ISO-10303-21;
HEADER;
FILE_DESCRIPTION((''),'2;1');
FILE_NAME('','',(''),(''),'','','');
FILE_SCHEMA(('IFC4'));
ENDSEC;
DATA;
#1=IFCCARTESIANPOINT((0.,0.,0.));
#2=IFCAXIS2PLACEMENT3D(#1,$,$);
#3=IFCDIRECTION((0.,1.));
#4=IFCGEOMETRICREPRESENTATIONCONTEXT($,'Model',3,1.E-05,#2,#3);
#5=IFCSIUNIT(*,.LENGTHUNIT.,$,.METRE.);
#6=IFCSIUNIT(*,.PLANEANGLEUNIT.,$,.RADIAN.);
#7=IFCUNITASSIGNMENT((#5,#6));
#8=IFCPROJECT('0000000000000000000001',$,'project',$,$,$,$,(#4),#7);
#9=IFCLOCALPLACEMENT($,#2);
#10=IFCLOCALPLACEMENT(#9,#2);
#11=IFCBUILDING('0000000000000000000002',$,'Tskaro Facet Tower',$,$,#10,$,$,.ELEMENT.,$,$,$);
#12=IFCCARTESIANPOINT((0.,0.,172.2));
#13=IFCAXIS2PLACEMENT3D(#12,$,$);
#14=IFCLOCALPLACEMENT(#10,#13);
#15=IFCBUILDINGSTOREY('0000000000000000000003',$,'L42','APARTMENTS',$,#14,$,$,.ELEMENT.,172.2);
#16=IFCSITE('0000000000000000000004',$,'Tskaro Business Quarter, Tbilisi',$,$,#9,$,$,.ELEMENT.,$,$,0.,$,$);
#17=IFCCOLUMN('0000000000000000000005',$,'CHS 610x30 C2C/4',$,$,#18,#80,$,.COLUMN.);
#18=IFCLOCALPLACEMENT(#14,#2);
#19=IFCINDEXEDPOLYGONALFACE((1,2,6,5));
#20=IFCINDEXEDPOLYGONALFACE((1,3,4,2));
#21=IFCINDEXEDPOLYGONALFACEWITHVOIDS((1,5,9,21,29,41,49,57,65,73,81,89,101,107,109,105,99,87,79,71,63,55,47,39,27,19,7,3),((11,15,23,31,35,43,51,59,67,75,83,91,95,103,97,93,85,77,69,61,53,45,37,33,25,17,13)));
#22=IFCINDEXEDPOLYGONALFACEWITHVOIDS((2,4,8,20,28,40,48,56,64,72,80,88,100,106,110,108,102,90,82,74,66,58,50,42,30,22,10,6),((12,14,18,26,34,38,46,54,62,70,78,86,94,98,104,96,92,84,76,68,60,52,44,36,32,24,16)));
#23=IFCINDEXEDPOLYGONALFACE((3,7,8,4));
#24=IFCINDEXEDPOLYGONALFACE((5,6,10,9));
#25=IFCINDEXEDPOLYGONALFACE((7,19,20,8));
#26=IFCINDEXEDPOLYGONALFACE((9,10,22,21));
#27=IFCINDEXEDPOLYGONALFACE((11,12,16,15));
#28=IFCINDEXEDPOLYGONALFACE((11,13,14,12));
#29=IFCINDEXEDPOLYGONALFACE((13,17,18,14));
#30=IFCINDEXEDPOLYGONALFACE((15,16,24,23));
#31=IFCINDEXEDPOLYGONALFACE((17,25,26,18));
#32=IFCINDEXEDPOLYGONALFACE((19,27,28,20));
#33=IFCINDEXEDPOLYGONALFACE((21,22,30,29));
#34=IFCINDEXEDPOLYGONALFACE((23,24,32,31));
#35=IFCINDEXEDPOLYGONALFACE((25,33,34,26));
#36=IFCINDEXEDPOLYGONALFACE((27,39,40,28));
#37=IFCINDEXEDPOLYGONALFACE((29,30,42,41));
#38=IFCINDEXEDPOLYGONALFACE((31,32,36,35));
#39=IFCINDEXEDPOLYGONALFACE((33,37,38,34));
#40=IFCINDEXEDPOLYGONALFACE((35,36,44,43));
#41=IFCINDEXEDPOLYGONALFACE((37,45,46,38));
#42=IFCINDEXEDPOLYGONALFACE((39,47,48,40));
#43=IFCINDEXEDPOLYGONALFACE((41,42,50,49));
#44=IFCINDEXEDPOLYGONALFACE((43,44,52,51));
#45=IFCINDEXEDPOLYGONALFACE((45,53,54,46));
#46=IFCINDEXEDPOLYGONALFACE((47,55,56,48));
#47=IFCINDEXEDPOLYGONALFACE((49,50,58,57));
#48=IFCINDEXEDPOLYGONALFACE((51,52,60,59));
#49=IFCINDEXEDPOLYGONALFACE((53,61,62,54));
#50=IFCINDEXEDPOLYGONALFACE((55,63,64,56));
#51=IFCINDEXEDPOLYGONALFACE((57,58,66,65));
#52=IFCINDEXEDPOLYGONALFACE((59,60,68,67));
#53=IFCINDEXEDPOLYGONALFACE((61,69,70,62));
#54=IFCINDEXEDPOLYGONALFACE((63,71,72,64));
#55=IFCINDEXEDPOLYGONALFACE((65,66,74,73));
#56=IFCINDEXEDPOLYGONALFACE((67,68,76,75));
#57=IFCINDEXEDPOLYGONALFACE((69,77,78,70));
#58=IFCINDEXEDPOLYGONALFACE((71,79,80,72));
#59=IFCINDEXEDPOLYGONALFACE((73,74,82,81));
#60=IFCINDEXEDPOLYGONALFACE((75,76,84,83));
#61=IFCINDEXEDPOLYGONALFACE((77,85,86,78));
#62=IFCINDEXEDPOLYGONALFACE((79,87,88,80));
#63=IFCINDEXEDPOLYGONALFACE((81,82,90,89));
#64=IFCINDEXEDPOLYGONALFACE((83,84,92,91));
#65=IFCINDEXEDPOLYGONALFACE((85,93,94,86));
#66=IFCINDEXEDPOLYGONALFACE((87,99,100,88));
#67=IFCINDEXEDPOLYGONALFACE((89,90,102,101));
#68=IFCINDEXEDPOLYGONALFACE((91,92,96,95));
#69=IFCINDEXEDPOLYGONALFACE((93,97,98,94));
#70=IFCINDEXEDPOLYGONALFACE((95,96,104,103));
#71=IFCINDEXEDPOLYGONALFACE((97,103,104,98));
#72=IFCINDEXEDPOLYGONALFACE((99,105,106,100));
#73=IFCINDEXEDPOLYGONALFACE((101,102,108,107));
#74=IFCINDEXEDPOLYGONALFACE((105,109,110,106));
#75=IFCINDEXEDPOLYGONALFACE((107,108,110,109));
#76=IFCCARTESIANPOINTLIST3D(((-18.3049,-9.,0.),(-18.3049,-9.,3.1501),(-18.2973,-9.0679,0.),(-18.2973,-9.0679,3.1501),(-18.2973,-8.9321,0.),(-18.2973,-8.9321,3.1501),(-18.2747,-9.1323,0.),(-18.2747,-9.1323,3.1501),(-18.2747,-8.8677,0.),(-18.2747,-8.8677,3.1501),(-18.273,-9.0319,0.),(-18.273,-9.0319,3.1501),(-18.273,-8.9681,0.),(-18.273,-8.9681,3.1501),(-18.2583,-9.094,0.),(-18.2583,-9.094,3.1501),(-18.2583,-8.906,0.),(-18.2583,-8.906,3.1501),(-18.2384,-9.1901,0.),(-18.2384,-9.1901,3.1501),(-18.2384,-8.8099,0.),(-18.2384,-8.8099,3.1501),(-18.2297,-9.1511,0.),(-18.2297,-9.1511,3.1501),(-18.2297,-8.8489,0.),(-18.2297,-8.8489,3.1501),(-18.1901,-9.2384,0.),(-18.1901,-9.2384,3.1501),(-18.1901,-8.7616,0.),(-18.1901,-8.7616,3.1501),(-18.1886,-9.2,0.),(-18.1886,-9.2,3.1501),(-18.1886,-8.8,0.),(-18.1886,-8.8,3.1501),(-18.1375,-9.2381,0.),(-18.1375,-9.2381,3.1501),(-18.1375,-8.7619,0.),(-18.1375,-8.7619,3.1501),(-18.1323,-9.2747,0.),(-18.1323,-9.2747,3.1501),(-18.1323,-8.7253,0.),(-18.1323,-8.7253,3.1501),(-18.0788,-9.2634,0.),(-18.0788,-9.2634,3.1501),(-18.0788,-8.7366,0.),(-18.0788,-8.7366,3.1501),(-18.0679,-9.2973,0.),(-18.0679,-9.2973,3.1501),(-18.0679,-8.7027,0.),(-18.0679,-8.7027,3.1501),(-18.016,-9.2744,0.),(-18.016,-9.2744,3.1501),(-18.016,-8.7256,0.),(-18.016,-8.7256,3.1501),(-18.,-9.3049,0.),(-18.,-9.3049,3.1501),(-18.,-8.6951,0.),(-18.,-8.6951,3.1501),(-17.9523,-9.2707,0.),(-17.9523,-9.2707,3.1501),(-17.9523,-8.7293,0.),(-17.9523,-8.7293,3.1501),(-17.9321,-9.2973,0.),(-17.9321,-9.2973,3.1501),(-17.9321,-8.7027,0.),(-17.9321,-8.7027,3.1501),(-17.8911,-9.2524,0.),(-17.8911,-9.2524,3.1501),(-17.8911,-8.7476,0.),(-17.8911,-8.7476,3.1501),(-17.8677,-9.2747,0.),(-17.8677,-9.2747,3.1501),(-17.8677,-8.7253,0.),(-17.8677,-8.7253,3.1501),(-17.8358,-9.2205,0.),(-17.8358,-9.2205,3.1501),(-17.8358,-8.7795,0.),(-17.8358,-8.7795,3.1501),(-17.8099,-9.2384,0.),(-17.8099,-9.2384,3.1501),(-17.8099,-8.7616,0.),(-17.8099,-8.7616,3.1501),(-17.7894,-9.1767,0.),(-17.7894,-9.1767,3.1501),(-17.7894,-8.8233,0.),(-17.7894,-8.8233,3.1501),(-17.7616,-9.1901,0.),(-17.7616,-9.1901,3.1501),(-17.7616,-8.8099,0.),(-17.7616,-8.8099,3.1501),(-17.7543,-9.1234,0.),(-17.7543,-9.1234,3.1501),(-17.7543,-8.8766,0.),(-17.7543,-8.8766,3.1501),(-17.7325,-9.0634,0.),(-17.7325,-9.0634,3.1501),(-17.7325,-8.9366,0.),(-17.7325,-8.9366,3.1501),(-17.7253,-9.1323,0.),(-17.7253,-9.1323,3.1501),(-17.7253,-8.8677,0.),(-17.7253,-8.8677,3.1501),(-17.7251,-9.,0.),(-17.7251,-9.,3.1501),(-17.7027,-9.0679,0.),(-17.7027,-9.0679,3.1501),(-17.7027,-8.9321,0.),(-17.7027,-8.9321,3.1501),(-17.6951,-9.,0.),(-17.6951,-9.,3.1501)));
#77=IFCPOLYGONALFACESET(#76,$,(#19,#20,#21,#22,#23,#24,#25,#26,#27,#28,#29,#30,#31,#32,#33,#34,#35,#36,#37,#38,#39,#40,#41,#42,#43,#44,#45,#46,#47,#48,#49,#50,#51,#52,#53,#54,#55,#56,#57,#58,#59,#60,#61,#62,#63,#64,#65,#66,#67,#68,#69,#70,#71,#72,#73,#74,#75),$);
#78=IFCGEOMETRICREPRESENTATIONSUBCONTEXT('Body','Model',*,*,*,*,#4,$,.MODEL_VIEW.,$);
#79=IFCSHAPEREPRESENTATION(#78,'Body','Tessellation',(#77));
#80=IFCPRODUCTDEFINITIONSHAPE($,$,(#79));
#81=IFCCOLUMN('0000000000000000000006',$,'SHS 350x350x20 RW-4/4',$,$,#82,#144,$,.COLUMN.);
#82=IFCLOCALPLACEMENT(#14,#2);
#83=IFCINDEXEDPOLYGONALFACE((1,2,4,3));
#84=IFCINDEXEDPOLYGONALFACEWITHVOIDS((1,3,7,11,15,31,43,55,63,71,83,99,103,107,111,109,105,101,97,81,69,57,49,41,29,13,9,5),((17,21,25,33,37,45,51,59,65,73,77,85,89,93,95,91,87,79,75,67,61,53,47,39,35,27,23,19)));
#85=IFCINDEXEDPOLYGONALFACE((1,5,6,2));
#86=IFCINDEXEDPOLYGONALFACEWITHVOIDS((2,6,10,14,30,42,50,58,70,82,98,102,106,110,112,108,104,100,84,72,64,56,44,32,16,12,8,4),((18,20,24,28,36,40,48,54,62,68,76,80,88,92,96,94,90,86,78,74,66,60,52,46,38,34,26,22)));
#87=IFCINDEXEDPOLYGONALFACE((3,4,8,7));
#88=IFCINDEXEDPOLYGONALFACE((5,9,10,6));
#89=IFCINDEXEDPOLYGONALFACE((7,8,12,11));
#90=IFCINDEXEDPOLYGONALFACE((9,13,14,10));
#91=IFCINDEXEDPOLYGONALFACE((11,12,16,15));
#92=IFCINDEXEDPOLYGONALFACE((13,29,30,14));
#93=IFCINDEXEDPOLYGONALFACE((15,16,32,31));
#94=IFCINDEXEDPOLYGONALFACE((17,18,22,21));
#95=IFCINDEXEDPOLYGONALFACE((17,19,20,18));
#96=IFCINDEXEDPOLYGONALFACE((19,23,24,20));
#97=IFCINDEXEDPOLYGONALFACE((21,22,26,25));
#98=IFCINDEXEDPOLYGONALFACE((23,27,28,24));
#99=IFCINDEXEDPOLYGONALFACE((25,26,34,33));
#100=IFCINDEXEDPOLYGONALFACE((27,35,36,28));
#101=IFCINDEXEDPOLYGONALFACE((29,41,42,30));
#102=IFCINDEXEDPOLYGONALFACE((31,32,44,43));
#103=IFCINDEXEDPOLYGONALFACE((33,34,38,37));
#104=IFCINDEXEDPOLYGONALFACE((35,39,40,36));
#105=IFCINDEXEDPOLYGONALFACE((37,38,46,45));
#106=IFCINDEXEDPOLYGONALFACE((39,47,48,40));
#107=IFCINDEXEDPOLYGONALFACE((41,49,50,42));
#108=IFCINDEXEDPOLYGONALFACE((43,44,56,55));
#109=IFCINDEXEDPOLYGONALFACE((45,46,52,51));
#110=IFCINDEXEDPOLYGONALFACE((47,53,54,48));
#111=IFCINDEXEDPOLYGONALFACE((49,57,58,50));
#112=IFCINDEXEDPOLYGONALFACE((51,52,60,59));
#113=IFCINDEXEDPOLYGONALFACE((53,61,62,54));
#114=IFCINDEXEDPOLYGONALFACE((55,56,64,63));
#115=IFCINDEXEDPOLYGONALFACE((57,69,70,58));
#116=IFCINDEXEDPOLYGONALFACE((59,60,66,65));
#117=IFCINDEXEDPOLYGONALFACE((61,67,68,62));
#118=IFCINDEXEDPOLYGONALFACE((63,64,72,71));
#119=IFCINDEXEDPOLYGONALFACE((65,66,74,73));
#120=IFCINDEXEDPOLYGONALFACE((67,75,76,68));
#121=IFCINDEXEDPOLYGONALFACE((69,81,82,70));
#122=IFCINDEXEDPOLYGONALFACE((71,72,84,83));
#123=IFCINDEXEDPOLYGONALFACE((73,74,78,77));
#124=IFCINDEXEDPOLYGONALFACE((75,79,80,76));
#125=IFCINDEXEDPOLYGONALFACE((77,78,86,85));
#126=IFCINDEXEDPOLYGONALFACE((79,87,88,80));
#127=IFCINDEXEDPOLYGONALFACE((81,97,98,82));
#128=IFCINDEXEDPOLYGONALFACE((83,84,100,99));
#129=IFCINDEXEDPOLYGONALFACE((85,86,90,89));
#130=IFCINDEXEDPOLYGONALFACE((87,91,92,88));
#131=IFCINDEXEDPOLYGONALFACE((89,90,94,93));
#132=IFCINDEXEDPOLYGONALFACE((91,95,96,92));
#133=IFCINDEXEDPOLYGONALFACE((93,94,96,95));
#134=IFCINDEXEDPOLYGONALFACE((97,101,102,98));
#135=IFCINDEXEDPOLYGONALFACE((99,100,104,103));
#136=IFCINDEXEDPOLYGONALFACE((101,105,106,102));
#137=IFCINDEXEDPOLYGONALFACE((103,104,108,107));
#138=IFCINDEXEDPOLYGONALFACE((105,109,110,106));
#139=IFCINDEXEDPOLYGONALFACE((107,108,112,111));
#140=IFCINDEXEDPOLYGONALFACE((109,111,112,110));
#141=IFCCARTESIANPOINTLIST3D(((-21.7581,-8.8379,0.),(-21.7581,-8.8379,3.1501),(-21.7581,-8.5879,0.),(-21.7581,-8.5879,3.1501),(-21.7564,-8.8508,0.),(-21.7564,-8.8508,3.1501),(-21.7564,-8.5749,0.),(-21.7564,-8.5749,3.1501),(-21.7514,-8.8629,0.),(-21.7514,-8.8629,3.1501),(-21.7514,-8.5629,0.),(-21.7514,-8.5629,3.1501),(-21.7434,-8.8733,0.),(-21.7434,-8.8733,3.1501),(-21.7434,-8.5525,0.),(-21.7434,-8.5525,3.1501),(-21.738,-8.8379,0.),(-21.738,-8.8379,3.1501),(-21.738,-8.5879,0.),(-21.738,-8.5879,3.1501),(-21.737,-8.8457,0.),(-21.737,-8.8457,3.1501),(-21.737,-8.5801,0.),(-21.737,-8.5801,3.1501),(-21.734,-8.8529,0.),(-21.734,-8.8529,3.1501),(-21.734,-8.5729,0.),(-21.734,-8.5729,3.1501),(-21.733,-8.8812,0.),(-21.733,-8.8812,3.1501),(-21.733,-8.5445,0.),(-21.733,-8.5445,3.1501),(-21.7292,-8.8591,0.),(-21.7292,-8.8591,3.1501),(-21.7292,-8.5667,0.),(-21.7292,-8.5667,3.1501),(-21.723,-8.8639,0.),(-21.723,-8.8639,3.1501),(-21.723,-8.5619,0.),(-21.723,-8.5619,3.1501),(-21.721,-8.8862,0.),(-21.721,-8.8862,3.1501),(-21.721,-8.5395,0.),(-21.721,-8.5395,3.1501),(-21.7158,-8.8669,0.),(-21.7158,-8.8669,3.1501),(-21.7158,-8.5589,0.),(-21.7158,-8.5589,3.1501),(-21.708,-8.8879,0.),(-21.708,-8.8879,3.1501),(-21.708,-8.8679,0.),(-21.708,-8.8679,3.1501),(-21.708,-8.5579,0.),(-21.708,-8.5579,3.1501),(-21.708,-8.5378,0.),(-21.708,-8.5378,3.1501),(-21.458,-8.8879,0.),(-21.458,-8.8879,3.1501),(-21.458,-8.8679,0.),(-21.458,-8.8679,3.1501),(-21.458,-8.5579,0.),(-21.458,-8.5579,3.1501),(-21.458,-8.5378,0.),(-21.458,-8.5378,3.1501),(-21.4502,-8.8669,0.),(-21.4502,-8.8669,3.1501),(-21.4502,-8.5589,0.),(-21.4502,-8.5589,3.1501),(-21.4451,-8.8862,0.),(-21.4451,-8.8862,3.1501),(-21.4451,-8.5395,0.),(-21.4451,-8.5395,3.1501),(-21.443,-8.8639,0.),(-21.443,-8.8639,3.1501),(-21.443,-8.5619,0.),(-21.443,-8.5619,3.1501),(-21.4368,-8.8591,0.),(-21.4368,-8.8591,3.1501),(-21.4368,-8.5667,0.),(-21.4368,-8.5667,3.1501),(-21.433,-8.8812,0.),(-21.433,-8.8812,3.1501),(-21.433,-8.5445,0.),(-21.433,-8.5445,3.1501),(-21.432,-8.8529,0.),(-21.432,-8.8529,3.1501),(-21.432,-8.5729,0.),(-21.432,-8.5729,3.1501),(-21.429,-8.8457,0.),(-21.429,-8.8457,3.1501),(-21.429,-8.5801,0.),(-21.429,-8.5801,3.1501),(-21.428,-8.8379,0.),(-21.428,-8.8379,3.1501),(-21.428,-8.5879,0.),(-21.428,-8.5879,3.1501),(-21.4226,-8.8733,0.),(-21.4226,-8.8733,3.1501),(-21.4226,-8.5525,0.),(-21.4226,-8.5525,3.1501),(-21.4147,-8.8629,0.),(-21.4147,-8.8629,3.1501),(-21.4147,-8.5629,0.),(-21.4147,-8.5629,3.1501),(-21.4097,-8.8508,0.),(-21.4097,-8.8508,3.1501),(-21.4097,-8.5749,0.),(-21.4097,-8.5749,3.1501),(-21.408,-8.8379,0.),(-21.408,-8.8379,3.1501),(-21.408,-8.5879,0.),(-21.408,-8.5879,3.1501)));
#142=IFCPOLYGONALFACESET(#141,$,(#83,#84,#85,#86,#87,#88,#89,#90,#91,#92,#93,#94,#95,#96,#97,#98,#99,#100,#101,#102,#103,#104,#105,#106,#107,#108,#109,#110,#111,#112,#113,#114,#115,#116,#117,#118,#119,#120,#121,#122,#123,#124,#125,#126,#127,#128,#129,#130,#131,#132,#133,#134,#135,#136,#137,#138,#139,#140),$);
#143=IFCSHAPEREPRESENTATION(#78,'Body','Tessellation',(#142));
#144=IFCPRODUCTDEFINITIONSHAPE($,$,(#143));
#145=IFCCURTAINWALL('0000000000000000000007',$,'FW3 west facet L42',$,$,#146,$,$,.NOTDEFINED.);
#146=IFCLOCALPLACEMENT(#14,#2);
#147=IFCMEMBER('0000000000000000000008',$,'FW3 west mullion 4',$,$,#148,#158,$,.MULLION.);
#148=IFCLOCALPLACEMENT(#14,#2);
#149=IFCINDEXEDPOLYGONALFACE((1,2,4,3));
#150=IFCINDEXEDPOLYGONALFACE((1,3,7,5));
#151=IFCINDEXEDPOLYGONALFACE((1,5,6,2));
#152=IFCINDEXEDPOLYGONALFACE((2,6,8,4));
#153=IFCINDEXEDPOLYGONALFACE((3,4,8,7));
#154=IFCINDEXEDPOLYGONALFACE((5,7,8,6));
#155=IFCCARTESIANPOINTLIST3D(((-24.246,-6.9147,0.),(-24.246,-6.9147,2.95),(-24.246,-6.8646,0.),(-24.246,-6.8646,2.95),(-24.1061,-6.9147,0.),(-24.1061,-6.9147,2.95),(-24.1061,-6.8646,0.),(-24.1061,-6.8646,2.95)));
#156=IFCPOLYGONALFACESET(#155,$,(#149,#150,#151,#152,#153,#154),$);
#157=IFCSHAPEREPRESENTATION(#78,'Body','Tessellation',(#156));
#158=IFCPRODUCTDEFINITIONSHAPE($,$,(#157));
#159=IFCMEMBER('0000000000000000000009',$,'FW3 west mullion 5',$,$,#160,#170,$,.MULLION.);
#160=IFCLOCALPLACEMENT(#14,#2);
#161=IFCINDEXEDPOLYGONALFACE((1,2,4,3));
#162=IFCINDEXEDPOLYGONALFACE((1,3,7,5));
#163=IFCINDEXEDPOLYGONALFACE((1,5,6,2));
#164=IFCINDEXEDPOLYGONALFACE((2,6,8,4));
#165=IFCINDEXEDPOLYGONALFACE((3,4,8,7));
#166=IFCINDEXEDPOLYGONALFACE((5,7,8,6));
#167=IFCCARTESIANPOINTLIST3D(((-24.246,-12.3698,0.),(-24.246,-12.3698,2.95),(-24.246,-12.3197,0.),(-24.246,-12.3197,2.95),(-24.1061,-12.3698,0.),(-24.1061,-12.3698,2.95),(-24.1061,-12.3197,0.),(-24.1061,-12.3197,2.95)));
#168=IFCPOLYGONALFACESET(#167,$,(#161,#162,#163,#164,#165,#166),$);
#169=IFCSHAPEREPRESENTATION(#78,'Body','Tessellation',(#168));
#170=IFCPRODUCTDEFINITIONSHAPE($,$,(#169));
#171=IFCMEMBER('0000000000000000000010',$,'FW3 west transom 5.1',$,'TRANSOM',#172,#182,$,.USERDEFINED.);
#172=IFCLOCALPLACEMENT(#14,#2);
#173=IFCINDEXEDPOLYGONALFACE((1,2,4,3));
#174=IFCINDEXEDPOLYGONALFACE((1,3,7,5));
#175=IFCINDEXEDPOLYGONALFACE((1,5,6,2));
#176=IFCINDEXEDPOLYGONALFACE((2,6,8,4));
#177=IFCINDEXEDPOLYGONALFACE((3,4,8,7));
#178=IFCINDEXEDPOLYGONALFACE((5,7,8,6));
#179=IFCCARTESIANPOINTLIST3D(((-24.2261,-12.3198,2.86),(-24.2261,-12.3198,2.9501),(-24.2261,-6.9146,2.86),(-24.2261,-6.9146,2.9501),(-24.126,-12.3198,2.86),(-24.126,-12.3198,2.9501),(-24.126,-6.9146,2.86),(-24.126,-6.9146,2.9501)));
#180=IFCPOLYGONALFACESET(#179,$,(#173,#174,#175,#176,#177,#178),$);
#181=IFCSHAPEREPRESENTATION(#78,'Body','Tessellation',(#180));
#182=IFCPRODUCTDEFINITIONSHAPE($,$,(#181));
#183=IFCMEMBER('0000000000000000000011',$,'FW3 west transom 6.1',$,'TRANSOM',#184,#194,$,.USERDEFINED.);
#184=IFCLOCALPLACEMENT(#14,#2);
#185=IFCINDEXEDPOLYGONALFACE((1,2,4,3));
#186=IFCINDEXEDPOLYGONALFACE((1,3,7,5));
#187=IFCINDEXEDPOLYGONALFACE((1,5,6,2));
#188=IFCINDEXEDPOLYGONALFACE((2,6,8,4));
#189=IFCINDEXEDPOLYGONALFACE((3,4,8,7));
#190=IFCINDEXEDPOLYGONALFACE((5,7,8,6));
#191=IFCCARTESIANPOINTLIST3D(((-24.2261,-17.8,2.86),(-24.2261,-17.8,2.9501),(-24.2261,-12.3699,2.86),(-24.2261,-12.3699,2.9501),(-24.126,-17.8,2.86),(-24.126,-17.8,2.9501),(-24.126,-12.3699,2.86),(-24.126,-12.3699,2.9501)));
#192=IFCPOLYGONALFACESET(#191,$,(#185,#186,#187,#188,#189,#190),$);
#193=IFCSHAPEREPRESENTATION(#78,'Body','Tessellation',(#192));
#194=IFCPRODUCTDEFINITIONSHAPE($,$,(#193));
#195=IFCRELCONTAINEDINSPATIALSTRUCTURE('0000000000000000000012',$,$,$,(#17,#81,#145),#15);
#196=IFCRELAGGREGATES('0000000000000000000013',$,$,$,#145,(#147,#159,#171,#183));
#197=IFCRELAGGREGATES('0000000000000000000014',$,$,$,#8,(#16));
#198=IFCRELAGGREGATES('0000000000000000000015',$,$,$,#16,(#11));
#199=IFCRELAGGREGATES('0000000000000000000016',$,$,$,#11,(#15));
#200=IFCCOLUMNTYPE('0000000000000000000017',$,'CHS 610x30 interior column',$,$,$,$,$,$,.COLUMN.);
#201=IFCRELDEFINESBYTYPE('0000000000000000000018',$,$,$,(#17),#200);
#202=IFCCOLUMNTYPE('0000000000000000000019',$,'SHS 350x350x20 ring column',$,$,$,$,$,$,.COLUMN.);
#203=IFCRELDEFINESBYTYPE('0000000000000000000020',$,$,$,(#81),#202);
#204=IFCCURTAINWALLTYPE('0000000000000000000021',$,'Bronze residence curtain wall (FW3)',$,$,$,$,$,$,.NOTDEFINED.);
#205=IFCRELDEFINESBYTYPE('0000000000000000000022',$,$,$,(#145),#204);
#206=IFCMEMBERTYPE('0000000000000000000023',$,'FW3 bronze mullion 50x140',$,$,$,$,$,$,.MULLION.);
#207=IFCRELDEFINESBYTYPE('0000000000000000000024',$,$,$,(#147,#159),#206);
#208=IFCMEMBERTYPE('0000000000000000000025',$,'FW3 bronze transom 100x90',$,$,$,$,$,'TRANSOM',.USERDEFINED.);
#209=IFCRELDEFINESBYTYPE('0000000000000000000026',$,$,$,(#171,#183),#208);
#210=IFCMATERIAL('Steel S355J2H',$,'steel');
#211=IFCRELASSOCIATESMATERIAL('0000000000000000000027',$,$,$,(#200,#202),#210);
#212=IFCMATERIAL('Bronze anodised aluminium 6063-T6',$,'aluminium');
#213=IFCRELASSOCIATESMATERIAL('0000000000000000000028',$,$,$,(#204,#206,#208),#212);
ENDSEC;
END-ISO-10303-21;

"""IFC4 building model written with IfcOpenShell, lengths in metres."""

from ifc_helpers import new_model, si_unit, direction, frame, origin, origin_2d, place, context, subcontext, project, spatial, rectangle, hollow_rectangle, hollow_circle, extrude, material, material_profile, profile_set, type_object, element, aggregate, save


model = new_model("IFC4")

# Units and contexts
model_context = context("Model", 3, precision=1e-05, world=origin(), true_north=direction((0.0, 1.0)))
body_context = subcontext(model_context, "Body", "Model", "MODEL_VIEW")
ifc_project = project(units=[si_unit("LENGTHUNIT", "METRE"), si_unit("PLANEANGLEUNIT", "RADIAN")], contexts=[model_context])

# Site, building, storey
site_placement = place(None, origin())
site = spatial("IfcSite", under=ifc_project, at=site_placement, Name="Tskaro Business Quarter, Tbilisi", CompositionType="ELEMENT", RefElevation=0.0)
building_placement = place(site_placement, origin())
building = spatial("IfcBuilding", under=site, at=building_placement, Name="Tskaro Facet Tower", CompositionType="ELEMENT")
storey_placement = place(building_placement, frame((0.0, 0.0, 172.2)))
storey = spatial("IfcBuildingStorey", under=building, at=storey_placement, Name="L42", Description="APARTMENTS", CompositionType="ELEMENT", Elevation=172.2)

# Columns
ifc_material_1 = material(Name="Steel S355J2H", Category="steel")
ifc_material_profile_1 = material_profile(ifc_material_1, hollow_circle(Radius=0.3049, WallThickness=0.03, at=origin_2d()), Name="CHS 610x30")
ifc_profile_set_1 = profile_set([ifc_material_profile_1], Name="Steel S355J2H")
column_type_1 = type_object("IfcColumnType", Name="CHS 610x30 interior column", PredefinedType="COLUMN", material=ifc_profile_set_1)
column_1_placement = place(storey_placement, frame((-18.0, -9.0, 0.0), z_axis=(0.0, 0.0, 1.0), x_axis=(1.0, 0.0, 0.0)))
element("IfcColumn", 1, at=column_1_placement, inside=storey, type_object=column_type_1, Name="CHS 610x30 C2C/4", PredefinedType="COLUMN", context=body_context, shape_type="SweptSolid", body=[
    extrude(hollow_circle(Radius=0.3049, WallThickness=0.03, at=origin_2d()), origin(), (0.0, 0.0, 1.0), 3.1501),
])
ifc_material_profile_2 = material_profile(ifc_material_1, hollow_rectangle(XDim=0.3501, YDim=0.3501, WallThickness=0.02, InnerFilletRadius=0.03, OuterFilletRadius=0.05, at=origin_2d()), Name="SHS 350x350x20")
ifc_profile_set_2 = profile_set([ifc_material_profile_2], Name="Steel S355J2H")
column_type_2 = type_object("IfcColumnType", Name="SHS 350x350x20 ring column", PredefinedType="COLUMN", material=ifc_profile_set_2)
column_2_placement = place(storey_placement, frame((-21.583, -8.7129, 0.0), z_axis=(0.0, 0.0, 1.0), x_axis=(1.0, 0.0, 0.0)))
element("IfcColumn", 2, at=column_2_placement, inside=storey, type_object=column_type_2, Name="SHS 350x350x20 RW-4/4", PredefinedType="COLUMN", context=body_context, shape_type="SweptSolid", body=[
    extrude(hollow_rectangle(XDim=0.3501, YDim=0.3501, WallThickness=0.02, InnerFilletRadius=0.03, OuterFilletRadius=0.05, at=origin_2d()), origin(), (0.0, 0.0, 1.0), 3.1501),
])

# Curtain wall, members
ifc_material_2 = material(Name="Bronze anodised aluminium 6063-T6", Category="aluminium")
curtain_wall_type = type_object("IfcCurtainWallType", Name="Bronze residence curtain wall (FW3)", PredefinedType="NOTDEFINED", material=ifc_material_2)
curtain_wall_placement = place(storey_placement, origin())
curtain_wall = element("IfcCurtainWall", 3, at=curtain_wall_placement, inside=storey, type_object=curtain_wall_type, Name="FW3 west facet L42", PredefinedType="NOTDEFINED")
ifc_material_profile_3 = material_profile(ifc_material_2, rectangle(XDim=0.05, YDim=0.1399, at=origin_2d()), Name="Mullion 50x140")
ifc_profile_set_3 = profile_set([ifc_material_profile_3], Name="Bronze anodised aluminium 6063-T6")
member_type_1 = type_object("IfcMemberType", Name="FW3 bronze mullion 50x140", PredefinedType="MULLION", material=ifc_profile_set_3)
member_1_placement = place(storey_placement, frame((-24.176, -6.8896, 0.0), z_axis=(0.0, 0.0, 1.0), x_axis=(0.0, -1.0, 0.0)))
member_1 = element("IfcMember", 4, at=member_1_placement, type_object=member_type_1, Name="FW3 west mullion 4", PredefinedType="MULLION", context=body_context, shape_type="SweptSolid", body=[
    extrude(rectangle(XDim=0.05, YDim=0.1399, at=origin_2d()), origin(), (0.0, 0.0, 1.0), 2.95),
])
member_2_placement = place(storey_placement, frame((-24.176, -12.3447, 0.0), z_axis=(0.0, 0.0, 1.0), x_axis=(0.0, -1.0, 0.0)))
member_2 = element("IfcMember", 5, at=member_2_placement, type_object=member_type_1, Name="FW3 west mullion 5", PredefinedType="MULLION", context=body_context, shape_type="SweptSolid", body=[
    extrude(rectangle(XDim=0.05, YDim=0.1399, at=origin_2d()), origin(), (0.0, 0.0, 1.0), 2.95),
])
ifc_material_profile_4 = material_profile(ifc_material_2, rectangle(XDim=0.1001, YDim=0.0901, at=origin_2d()), Name="Transom 100x90")
ifc_profile_set_4 = profile_set([ifc_material_profile_4], Name="Bronze anodised aluminium 6063-T6")
member_type_2 = type_object("IfcMemberType", Name="FW3 bronze transom 100x90", ElementType="TRANSOM", PredefinedType="USERDEFINED", material=ifc_profile_set_4)
member_3_placement = place(storey_placement, frame((-24.176, -6.9146, 2.905), z_axis=(0.0, -1.0, 0.0), x_axis=(1.0, 0.0, 0.0)))
member_3 = element("IfcMember", 6, at=member_3_placement, type_object=member_type_2, Name="FW3 west transom 5.1", ObjectType="TRANSOM", PredefinedType="USERDEFINED", context=body_context, shape_type="SweptSolid", body=[
    extrude(rectangle(XDim=0.1001, YDim=0.0901, at=origin_2d()), origin(), (0.0, 0.0, 1.0), 5.4053),
])
member_4_placement = place(storey_placement, frame((-24.176, -12.3699, 2.905), z_axis=(0.0, -1.0, 0.0), x_axis=(1.0, 0.0, 0.0)))
member_4 = element("IfcMember", 7, at=member_4_placement, type_object=member_type_2, Name="FW3 west transom 6.1", ObjectType="TRANSOM", PredefinedType="USERDEFINED", context=body_context, shape_type="SweptSolid", body=[
    extrude(rectangle(XDim=0.1001, YDim=0.0901, at=origin_2d()), origin(), (0.0, 0.0, 1.0), 5.4302),
])
aggregate(curtain_wall, [member_1, member_2, member_3, member_4])

save(model, "model.ifc")
